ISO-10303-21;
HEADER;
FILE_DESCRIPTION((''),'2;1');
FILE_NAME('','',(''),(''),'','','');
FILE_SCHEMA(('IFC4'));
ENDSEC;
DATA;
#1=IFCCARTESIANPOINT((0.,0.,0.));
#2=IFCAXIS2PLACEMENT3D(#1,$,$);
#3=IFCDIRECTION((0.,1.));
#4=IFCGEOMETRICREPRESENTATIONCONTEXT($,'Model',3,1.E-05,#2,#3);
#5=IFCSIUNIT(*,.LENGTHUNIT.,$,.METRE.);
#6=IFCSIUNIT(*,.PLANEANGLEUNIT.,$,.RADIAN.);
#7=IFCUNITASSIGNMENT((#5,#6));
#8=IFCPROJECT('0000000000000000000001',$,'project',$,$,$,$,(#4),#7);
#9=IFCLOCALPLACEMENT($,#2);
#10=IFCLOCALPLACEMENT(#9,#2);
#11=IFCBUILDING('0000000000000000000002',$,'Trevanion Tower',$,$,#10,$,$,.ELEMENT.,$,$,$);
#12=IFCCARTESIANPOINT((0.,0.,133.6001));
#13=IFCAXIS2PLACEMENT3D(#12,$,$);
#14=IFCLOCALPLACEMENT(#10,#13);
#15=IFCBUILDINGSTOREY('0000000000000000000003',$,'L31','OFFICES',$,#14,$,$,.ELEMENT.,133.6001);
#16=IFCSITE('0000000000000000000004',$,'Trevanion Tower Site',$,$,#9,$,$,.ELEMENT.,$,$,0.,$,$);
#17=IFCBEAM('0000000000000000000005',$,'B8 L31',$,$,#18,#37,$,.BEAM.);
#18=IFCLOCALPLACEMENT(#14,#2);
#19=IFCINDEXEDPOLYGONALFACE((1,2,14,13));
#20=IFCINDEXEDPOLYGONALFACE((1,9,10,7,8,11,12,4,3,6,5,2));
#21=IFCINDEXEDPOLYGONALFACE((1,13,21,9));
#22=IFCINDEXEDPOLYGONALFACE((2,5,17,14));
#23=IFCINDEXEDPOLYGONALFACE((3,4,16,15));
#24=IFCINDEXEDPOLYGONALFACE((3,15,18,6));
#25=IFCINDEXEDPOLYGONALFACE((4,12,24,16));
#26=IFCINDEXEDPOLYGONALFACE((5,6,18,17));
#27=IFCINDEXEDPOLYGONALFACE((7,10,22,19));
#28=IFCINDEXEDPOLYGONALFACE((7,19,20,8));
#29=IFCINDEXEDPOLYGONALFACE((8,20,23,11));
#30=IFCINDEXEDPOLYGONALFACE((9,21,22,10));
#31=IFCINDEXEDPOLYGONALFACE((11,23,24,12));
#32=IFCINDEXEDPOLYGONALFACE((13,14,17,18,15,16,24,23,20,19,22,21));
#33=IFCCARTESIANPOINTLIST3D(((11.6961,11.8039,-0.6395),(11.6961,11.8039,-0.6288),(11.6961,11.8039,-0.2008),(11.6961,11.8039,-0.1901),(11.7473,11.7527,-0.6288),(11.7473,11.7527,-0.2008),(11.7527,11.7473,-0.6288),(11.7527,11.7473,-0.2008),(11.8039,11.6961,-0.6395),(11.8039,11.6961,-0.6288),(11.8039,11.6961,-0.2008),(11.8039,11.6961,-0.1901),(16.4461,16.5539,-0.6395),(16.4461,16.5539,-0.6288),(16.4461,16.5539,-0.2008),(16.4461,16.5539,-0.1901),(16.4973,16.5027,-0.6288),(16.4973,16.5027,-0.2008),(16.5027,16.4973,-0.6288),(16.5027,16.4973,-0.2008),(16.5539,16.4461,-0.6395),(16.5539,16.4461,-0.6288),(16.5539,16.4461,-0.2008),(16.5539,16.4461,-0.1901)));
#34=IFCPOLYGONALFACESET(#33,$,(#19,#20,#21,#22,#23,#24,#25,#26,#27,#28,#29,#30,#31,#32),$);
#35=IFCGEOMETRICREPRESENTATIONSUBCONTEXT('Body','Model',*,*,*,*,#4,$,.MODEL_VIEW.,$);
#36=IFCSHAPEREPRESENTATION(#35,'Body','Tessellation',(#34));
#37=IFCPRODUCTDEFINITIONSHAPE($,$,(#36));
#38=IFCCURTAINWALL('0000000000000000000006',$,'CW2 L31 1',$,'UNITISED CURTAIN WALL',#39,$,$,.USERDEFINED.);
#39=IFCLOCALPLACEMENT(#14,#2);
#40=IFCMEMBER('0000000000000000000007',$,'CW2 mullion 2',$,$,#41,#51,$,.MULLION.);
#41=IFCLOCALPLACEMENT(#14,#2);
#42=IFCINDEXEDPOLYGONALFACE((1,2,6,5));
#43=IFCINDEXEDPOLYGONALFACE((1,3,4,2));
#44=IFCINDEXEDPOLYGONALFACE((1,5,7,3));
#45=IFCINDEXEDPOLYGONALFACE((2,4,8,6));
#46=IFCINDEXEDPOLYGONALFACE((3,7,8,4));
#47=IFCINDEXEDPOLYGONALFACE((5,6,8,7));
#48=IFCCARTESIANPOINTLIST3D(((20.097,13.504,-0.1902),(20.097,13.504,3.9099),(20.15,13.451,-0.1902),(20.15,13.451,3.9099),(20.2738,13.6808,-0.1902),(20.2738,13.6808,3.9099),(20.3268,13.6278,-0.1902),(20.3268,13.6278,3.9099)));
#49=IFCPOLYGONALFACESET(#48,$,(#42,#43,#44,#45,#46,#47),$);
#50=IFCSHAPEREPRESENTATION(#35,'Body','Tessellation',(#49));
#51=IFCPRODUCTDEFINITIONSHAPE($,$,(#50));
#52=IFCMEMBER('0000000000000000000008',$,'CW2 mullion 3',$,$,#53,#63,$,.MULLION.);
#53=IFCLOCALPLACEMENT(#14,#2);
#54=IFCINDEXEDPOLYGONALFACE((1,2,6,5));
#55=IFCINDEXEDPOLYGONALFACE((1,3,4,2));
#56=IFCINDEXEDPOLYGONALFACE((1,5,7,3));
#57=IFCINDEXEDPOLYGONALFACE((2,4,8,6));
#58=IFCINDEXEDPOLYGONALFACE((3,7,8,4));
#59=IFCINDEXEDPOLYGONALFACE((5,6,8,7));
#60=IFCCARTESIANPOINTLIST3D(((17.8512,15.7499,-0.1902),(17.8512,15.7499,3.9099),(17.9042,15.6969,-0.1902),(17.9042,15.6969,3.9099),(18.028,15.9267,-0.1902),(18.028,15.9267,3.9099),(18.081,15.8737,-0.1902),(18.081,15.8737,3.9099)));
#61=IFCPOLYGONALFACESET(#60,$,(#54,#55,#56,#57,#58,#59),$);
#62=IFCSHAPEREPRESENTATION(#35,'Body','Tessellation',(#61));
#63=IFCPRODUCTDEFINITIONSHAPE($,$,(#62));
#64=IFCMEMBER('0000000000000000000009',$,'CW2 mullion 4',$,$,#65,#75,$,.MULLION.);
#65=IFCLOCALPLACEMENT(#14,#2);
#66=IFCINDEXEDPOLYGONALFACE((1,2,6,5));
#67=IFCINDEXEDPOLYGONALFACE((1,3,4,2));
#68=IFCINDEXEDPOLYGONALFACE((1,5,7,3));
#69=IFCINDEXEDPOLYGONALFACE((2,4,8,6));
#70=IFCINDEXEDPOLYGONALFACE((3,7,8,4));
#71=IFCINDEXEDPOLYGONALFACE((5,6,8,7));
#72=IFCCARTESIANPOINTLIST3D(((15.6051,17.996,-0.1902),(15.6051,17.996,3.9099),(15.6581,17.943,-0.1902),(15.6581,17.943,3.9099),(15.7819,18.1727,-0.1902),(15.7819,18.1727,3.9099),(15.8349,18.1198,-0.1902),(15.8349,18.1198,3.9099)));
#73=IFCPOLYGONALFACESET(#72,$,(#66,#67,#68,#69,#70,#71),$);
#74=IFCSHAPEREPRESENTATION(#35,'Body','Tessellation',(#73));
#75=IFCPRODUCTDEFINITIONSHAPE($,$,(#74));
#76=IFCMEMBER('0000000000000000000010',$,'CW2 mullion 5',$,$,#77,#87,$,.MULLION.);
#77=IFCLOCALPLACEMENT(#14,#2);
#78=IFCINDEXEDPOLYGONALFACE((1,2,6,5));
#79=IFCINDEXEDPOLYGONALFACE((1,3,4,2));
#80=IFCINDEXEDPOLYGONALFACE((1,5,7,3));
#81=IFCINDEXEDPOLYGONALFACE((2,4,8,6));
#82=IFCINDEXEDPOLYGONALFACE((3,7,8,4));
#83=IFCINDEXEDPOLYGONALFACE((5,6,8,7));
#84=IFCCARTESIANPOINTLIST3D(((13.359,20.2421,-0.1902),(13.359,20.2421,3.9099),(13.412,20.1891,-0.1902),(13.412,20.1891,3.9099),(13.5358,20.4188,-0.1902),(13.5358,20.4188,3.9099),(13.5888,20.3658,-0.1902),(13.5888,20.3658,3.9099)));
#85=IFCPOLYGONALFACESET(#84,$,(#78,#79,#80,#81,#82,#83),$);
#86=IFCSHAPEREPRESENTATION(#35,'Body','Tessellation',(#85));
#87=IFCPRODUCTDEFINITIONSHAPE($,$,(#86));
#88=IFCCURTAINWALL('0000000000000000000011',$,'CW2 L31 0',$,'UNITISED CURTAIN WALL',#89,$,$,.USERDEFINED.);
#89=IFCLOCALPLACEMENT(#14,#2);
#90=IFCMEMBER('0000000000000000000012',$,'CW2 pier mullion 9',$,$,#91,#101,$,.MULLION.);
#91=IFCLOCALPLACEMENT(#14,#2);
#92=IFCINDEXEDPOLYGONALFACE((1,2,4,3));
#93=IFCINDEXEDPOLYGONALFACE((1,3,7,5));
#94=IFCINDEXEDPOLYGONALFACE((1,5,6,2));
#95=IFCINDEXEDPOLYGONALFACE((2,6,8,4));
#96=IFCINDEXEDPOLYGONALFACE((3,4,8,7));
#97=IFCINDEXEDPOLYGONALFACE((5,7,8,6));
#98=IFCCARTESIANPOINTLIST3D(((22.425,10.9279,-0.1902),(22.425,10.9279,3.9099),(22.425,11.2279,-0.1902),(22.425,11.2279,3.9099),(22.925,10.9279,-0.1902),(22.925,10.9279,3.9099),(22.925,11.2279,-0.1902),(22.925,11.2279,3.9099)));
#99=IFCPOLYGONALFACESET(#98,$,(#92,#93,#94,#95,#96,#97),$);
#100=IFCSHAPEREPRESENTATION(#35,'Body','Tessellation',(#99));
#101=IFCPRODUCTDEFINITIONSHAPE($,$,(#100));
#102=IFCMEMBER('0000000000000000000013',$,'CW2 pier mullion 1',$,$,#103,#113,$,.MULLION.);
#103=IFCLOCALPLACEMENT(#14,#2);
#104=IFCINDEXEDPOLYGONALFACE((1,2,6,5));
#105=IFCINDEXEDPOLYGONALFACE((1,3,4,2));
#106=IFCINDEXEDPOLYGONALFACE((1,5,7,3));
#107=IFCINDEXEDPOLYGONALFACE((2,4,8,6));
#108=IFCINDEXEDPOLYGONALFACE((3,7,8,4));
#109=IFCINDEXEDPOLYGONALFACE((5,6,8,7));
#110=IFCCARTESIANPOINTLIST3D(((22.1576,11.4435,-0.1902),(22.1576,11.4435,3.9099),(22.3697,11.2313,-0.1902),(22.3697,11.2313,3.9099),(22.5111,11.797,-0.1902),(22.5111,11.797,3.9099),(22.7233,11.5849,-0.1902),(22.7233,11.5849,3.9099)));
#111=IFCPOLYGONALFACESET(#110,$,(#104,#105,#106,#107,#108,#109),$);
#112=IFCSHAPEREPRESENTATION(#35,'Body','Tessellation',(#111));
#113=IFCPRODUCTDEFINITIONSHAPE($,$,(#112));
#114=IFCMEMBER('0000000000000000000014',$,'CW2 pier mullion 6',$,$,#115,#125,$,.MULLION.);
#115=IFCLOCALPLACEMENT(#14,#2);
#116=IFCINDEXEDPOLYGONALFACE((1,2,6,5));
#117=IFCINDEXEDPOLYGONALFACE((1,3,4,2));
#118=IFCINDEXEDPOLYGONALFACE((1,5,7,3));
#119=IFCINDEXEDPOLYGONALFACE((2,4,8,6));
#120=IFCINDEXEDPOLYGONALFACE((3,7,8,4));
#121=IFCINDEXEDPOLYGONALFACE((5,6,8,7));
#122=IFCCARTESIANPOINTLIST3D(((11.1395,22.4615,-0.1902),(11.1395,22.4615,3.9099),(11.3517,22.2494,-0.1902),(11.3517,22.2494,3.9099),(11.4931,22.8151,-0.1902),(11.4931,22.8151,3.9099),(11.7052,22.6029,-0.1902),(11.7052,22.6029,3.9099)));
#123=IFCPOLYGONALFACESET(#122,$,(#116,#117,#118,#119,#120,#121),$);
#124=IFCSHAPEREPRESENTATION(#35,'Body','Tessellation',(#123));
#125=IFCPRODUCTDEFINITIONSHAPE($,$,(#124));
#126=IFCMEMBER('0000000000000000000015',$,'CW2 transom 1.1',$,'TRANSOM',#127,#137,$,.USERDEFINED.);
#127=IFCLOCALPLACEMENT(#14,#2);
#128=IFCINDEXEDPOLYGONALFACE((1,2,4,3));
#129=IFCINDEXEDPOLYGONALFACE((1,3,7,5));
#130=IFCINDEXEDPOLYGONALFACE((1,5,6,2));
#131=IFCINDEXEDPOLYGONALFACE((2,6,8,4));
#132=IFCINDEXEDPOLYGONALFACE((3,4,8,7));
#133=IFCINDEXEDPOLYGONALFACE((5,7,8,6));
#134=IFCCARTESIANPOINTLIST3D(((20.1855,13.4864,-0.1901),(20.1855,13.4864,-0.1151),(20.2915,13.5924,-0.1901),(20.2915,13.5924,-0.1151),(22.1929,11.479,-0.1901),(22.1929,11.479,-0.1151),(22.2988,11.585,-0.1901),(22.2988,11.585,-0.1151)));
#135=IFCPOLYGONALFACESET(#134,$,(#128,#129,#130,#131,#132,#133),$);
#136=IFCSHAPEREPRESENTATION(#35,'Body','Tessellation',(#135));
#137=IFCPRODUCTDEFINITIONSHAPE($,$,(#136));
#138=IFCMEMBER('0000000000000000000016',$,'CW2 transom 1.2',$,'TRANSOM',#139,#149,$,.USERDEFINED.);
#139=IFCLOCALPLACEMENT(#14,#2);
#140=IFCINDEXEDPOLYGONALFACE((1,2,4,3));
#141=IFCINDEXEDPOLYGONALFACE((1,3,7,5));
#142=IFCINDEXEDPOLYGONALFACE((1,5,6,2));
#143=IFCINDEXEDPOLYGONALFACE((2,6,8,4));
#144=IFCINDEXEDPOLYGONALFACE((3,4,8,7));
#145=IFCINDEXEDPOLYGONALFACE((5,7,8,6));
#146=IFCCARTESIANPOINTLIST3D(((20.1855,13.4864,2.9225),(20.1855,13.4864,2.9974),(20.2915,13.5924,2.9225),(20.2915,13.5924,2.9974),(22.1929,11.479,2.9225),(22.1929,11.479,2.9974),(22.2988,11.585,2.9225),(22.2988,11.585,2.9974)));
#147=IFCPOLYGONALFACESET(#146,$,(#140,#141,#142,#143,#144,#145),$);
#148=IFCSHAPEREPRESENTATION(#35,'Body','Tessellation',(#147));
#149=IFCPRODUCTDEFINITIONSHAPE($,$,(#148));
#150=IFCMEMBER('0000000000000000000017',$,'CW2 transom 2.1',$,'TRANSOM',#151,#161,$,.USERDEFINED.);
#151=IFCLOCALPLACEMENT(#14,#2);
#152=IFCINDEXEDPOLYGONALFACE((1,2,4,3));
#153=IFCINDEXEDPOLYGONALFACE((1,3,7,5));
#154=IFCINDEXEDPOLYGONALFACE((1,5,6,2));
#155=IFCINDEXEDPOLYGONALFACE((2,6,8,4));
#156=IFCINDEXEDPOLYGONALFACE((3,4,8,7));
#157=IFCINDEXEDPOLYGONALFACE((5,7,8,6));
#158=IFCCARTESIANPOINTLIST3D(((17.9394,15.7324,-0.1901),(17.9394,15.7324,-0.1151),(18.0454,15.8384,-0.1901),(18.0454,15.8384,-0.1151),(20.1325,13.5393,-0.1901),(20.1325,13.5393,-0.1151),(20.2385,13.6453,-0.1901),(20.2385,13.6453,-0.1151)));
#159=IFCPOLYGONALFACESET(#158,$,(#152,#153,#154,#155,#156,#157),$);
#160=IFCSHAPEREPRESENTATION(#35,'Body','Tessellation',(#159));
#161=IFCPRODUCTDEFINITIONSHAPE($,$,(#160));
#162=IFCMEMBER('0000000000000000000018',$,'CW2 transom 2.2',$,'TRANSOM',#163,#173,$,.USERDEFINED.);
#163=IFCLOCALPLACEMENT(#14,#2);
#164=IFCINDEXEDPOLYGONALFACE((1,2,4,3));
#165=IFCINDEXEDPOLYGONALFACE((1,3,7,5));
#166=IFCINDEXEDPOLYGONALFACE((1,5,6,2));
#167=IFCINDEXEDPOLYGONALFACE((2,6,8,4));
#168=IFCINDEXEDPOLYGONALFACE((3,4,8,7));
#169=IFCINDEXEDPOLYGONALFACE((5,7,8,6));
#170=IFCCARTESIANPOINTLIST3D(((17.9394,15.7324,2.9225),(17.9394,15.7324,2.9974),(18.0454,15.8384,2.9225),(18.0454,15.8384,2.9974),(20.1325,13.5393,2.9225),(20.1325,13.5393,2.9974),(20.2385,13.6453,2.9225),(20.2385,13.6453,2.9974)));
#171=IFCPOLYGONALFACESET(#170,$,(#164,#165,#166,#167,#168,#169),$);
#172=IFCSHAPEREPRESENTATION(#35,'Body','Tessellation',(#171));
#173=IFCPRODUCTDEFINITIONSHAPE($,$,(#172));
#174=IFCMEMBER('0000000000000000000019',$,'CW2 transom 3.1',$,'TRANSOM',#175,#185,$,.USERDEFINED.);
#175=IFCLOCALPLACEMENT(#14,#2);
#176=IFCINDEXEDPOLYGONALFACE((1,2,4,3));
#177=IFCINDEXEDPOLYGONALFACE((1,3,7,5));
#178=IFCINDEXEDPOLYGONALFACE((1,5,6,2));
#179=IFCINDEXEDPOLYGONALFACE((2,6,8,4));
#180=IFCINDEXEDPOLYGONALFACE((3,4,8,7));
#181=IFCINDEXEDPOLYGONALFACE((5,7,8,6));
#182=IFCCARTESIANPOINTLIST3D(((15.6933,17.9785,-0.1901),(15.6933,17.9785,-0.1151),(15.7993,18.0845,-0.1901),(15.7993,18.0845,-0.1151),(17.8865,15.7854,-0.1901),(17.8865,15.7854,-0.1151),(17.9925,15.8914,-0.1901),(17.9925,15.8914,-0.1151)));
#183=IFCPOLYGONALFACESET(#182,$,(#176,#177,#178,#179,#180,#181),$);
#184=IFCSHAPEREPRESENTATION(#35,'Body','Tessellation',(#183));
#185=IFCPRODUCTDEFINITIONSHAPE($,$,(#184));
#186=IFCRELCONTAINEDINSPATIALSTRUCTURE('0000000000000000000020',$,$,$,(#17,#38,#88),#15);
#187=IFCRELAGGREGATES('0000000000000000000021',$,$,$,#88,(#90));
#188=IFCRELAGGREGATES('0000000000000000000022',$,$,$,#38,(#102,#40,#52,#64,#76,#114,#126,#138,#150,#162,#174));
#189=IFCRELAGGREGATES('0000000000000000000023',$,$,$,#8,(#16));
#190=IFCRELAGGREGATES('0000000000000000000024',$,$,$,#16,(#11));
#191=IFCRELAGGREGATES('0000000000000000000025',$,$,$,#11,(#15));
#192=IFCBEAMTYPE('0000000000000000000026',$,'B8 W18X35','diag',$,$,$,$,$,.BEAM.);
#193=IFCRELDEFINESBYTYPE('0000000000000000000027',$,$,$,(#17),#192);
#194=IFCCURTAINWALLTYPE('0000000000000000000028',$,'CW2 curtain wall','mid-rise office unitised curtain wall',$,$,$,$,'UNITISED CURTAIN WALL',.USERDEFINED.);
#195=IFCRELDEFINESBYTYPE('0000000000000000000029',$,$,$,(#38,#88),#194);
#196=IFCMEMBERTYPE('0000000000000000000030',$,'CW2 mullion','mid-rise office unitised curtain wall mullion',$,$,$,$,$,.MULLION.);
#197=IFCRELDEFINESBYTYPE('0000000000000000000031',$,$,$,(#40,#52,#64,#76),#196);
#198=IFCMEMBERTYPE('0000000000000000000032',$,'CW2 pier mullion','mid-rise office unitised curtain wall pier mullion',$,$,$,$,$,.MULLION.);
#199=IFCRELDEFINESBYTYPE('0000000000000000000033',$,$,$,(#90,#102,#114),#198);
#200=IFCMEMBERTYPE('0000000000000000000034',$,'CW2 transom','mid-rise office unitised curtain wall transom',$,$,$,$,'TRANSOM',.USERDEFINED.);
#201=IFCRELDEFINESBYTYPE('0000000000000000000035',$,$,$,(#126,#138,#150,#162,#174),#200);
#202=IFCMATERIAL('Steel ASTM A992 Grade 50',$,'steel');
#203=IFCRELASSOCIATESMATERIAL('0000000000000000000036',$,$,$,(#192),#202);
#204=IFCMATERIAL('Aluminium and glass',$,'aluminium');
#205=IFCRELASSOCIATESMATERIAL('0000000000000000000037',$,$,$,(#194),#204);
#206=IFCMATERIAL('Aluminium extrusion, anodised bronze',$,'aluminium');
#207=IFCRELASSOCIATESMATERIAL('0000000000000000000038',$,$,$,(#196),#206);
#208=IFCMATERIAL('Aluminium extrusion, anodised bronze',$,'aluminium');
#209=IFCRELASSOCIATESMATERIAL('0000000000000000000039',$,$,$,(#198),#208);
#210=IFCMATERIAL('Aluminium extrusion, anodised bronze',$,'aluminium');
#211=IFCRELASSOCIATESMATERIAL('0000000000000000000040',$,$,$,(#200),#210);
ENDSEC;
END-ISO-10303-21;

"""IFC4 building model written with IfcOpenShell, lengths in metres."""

from ifc_helpers import new_model, si_unit, direction, frame, origin, origin_2d, place, context, subcontext, project, spatial, rectangle, i_section, extrude, material, material_profile, profile_set, type_object, element, aggregate, save


model = new_model("IFC4")

# Units and contexts
model_context = context("Model", 3, precision=1e-05, world=origin(), true_north=direction((0.0, 1.0)))
body_context = subcontext(model_context, "Body", "Model", "MODEL_VIEW")
ifc_project = project(units=[si_unit("LENGTHUNIT", "METRE"), si_unit("PLANEANGLEUNIT", "RADIAN")], contexts=[model_context])

# Site, building, storey
site_placement = place(None, origin())
site = spatial("IfcSite", under=ifc_project, at=site_placement, Name="Trevanion Tower Site", CompositionType="ELEMENT", RefElevation=0.0)
building_placement = place(site_placement, origin())
building = spatial("IfcBuilding", under=site, at=building_placement, Name="Trevanion Tower", CompositionType="ELEMENT")
storey_placement = place(building_placement, frame((0.0, 0.0, 133.6001)))
storey = spatial("IfcBuildingStorey", under=building, at=storey_placement, Name="L31", Description="OFFICES", CompositionType="ELEMENT", Elevation=133.6001)

# Beam
ifc_material_1 = material(Name="Steel ASTM A992 Grade 50", Category="steel")
ifc_material_profile_1 = material_profile(ifc_material_1, i_section(OverallWidth=0.1523, OverallDepth=0.4495, WebThickness=0.0076, FlangeThickness=0.0107, at=origin_2d()), Name="W18X35")
ifc_profile_set_1 = profile_set([ifc_material_profile_1], Name="Steel ASTM A992 Grade 50")
beam_type_1 = type_object("IfcBeamType", Name="B8 W18X35", Description="diag", PredefinedType="BEAM", material=ifc_profile_set_1)
beam_1_placement = place(storey_placement, frame((11.75, 11.75, -0.4148), z_axis=(0.707107, 0.707107, 0.0), x_axis=(-0.707107, 0.707107, 0.0)))
element("IfcBeam", 1, at=beam_1_placement, inside=storey, type_object=beam_type_1, Name="B8 L31", PredefinedType="BEAM", context=body_context, shape_type="SweptSolid", body=[
    extrude(i_section(OverallWidth=0.1523, OverallDepth=0.4495, WebThickness=0.0076, FlangeThickness=0.0107, at=origin_2d()), origin(), (0.0, 0.0, 1.0), 6.7175),
])

# Curtain wall, members
ifc_material_2 = material(Name="Aluminium and glass", Category="aluminium")
curtain_wall_type = type_object("IfcCurtainWallType", Name="CW2 curtain wall", Description="mid-rise office unitised curtain wall", ElementType="UNITISED CURTAIN WALL", PredefinedType="USERDEFINED", material=ifc_material_2)
curtain_wall_1_placement = place(storey_placement, origin())
curtain_wall_1 = element("IfcCurtainWall", 2, at=curtain_wall_1_placement, inside=storey, type_object=curtain_wall_type, Name="CW2 L31 1", ObjectType="UNITISED CURTAIN WALL", PredefinedType="USERDEFINED")
ifc_material_3 = material(Name="Aluminium extrusion, anodised bronze", Category="aluminium")
ifc_material_profile_2 = material_profile(ifc_material_3, rectangle(XDim=0.075, YDim=0.25, at=origin_2d()), Name="CW2 mullion")
ifc_profile_set_2 = profile_set([ifc_material_profile_2], Name="Aluminium extrusion, anodised bronze")
member_type_1 = type_object("IfcMemberType", Name="CW2 mullion", Description="mid-rise office unitised curtain wall mullion", PredefinedType="MULLION", material=ifc_profile_set_2)
member_1_placement = place(storey_placement, frame((20.2119, 13.5659, -0.1902), z_axis=(0.0, 0.0, 1.0), x_axis=(-0.707107, 0.707107, 0.0)))
member_1 = element("IfcMember", 3, at=member_1_placement, type_object=member_type_1, Name="CW2 mullion 2", PredefinedType="MULLION", context=body_context, shape_type="SweptSolid", body=[
    extrude(rectangle(XDim=0.075, YDim=0.25, at=origin_2d()), origin(), (0.0, 0.0, 1.0), 4.1001),
])
member_2_placement = place(storey_placement, frame((17.9661, 15.8118, -0.1902), z_axis=(0.0, 0.0, 1.0), x_axis=(-0.707107, 0.707107, 0.0)))
member_2 = element("IfcMember", 4, at=member_2_placement, type_object=member_type_1, Name="CW2 mullion 3", PredefinedType="MULLION", context=body_context, shape_type="SweptSolid", body=[
    extrude(rectangle(XDim=0.075, YDim=0.25, at=origin_2d()), origin(), (0.0, 0.0, 1.0), 4.1001),
])
member_3_placement = place(storey_placement, frame((15.72, 18.0579, -0.1902), z_axis=(0.0, 0.0, 1.0), x_axis=(-0.707107, 0.707107, 0.0)))
member_3 = element("IfcMember", 5, at=member_3_placement, type_object=member_type_1, Name="CW2 mullion 4", PredefinedType="MULLION", context=body_context, shape_type="SweptSolid", body=[
    extrude(rectangle(XDim=0.075, YDim=0.25, at=origin_2d()), origin(), (0.0, 0.0, 1.0), 4.1001),
])
member_4_placement = place(storey_placement, frame((13.4739, 20.304, -0.1902), z_axis=(0.0, 0.0, 1.0), x_axis=(-0.707107, 0.707107, 0.0)))
member_4 = element("IfcMember", 6, at=member_4_placement, type_object=member_type_1, Name="CW2 mullion 5", PredefinedType="MULLION", context=body_context, shape_type="SweptSolid", body=[
    extrude(rectangle(XDim=0.075, YDim=0.25, at=origin_2d()), origin(), (0.0, 0.0, 1.0), 4.1001),
])

# Curtain wall, member
curtain_wall_2_placement = place(storey_placement, origin())
curtain_wall_2 = element("IfcCurtainWall", 7, at=curtain_wall_2_placement, inside=storey, type_object=curtain_wall_type, Name="CW2 L31 0", ObjectType="UNITISED CURTAIN WALL", PredefinedType="USERDEFINED")
ifc_material_4 = material(Name="Aluminium extrusion, anodised bronze", Category="aluminium")
ifc_material_profile_3 = material_profile(ifc_material_4, rectangle(XDim=0.3, YDim=0.5, at=origin_2d()), Name="CW2 pier mullion")
ifc_profile_set_3 = profile_set([ifc_material_profile_3], Name="Aluminium extrusion, anodised bronze")
member_type_2 = type_object("IfcMemberType", Name="CW2 pier mullion", Description="mid-rise office unitised curtain wall pier mullion", PredefinedType="MULLION", material=ifc_profile_set_3)
member_5_placement = place(storey_placement, frame((22.675, 11.0779, -0.1902), z_axis=(0.0, 0.0, 1.0), x_axis=(0.0, 1.0, 0.0)))
member_5 = element("IfcMember", 8, at=member_5_placement, type_object=member_type_2, Name="CW2 pier mullion 9", PredefinedType="MULLION", context=body_context, shape_type="SweptSolid", body=[
    extrude(rectangle(XDim=0.3, YDim=0.5, at=origin_2d()), origin(), (0.0, 0.0, 1.0), 4.1001),
])
aggregate(curtain_wall_2, [member_5])

# Members
member_6_placement = place(storey_placement, frame((22.4404, 11.5142, -0.1902), z_axis=(0.0, 0.0, 1.0), x_axis=(-0.707107, 0.707107, 0.0)))
member_6 = element("IfcMember", 9, at=member_6_placement, type_object=member_type_2, Name="CW2 pier mullion 1", PredefinedType="MULLION", context=body_context, shape_type="SweptSolid", body=[
    extrude(rectangle(XDim=0.3, YDim=0.5, at=origin_2d()), origin(), (0.0, 0.0, 1.0), 4.1001),
])
member_7_placement = place(storey_placement, frame((11.4224, 22.5322, -0.1902), z_axis=(0.0, 0.0, 1.0), x_axis=(-0.707107, 0.707107, 0.0)))
member_7 = element("IfcMember", 10, at=member_7_placement, type_object=member_type_2, Name="CW2 pier mullion 6", PredefinedType="MULLION", context=body_context, shape_type="SweptSolid", body=[
    extrude(rectangle(XDim=0.3, YDim=0.5, at=origin_2d()), origin(), (0.0, 0.0, 1.0), 4.1001),
])
ifc_material_5 = material(Name="Aluminium extrusion, anodised bronze", Category="aluminium")
ifc_material_profile_4 = material_profile(ifc_material_5, rectangle(XDim=0.1499, YDim=0.075, at=origin_2d()), Name="CW2 transom")
ifc_profile_set_4 = profile_set([ifc_material_profile_4], Name="Aluminium extrusion, anodised bronze")
member_type_3 = type_object("IfcMemberType", Name="CW2 transom", Description="mid-rise office unitised curtain wall transom", ElementType="TRANSOM", PredefinedType="USERDEFINED", material=ifc_profile_set_4)
member_8_placement = place(storey_placement, frame((22.2458, 11.532, -0.1526), z_axis=(-0.707107, 0.707107, 0.0), x_axis=(-0.707107, -0.707107, 0.0)))
member_8 = element("IfcMember", 11, at=member_8_placement, type_object=member_type_3, Name="CW2 transom 1.1", ObjectType="TRANSOM", PredefinedType="USERDEFINED", context=body_context, shape_type="SweptSolid", body=[
    extrude(rectangle(XDim=0.1499, YDim=0.075, at=origin_2d()), origin(), (0.0, 0.0, 1.0), 2.8389),
])
member_9_placement = place(storey_placement, frame((22.2458, 11.532, 2.96), z_axis=(-0.707107, 0.707107, 0.0), x_axis=(-0.707107, -0.707107, 0.0)))
member_9 = element("IfcMember", 12, at=member_9_placement, type_object=member_type_3, Name="CW2 transom 1.2", ObjectType="TRANSOM", PredefinedType="USERDEFINED", context=body_context, shape_type="SweptSolid", body=[
    extrude(rectangle(XDim=0.1499, YDim=0.075, at=origin_2d()), origin(), (0.0, 0.0, 1.0), 2.8389),
])
member_10_placement = place(storey_placement, frame((20.1855, 13.5923, -0.1526), z_axis=(-0.707107, 0.707107, 0.0), x_axis=(-0.707107, -0.707107, 0.0)))
member_10 = element("IfcMember", 13, at=member_10_placement, type_object=member_type_3, Name="CW2 transom 2.1", ObjectType="TRANSOM", PredefinedType="USERDEFINED", context=body_context, shape_type="SweptSolid", body=[
    extrude(rectangle(XDim=0.1499, YDim=0.075, at=origin_2d()), origin(), (0.0, 0.0, 1.0), 3.1016),
])
member_11_placement = place(storey_placement, frame((20.1855, 13.5923, 2.96), z_axis=(-0.707107, 0.707107, 0.0), x_axis=(-0.707107, -0.707107, 0.0)))
member_11 = element("IfcMember", 14, at=member_11_placement, type_object=member_type_3, Name="CW2 transom 2.2", ObjectType="TRANSOM", PredefinedType="USERDEFINED", context=body_context, shape_type="SweptSolid", body=[
    extrude(rectangle(XDim=0.1499, YDim=0.075, at=origin_2d()), origin(), (0.0, 0.0, 1.0), 3.1016),
])
member_12_placement = place(storey_placement, frame((17.9395, 15.8384, -0.1526), z_axis=(-0.707107, 0.707107, 0.0), x_axis=(-0.707107, -0.707107, 0.0)))
member_12 = element("IfcMember", 15, at=member_12_placement, type_object=member_type_3, Name="CW2 transom 3.1", ObjectType="TRANSOM", PredefinedType="USERDEFINED", context=body_context, shape_type="SweptSolid", body=[
    extrude(rectangle(XDim=0.1499, YDim=0.075, at=origin_2d()), origin(), (0.0, 0.0, 1.0), 3.1016),
])

aggregate(curtain_wall_1, [member_6, member_1, member_2, member_3, member_4, member_7, member_8, member_9, member_10, member_11, member_12])

save(model, "model.ifc")
